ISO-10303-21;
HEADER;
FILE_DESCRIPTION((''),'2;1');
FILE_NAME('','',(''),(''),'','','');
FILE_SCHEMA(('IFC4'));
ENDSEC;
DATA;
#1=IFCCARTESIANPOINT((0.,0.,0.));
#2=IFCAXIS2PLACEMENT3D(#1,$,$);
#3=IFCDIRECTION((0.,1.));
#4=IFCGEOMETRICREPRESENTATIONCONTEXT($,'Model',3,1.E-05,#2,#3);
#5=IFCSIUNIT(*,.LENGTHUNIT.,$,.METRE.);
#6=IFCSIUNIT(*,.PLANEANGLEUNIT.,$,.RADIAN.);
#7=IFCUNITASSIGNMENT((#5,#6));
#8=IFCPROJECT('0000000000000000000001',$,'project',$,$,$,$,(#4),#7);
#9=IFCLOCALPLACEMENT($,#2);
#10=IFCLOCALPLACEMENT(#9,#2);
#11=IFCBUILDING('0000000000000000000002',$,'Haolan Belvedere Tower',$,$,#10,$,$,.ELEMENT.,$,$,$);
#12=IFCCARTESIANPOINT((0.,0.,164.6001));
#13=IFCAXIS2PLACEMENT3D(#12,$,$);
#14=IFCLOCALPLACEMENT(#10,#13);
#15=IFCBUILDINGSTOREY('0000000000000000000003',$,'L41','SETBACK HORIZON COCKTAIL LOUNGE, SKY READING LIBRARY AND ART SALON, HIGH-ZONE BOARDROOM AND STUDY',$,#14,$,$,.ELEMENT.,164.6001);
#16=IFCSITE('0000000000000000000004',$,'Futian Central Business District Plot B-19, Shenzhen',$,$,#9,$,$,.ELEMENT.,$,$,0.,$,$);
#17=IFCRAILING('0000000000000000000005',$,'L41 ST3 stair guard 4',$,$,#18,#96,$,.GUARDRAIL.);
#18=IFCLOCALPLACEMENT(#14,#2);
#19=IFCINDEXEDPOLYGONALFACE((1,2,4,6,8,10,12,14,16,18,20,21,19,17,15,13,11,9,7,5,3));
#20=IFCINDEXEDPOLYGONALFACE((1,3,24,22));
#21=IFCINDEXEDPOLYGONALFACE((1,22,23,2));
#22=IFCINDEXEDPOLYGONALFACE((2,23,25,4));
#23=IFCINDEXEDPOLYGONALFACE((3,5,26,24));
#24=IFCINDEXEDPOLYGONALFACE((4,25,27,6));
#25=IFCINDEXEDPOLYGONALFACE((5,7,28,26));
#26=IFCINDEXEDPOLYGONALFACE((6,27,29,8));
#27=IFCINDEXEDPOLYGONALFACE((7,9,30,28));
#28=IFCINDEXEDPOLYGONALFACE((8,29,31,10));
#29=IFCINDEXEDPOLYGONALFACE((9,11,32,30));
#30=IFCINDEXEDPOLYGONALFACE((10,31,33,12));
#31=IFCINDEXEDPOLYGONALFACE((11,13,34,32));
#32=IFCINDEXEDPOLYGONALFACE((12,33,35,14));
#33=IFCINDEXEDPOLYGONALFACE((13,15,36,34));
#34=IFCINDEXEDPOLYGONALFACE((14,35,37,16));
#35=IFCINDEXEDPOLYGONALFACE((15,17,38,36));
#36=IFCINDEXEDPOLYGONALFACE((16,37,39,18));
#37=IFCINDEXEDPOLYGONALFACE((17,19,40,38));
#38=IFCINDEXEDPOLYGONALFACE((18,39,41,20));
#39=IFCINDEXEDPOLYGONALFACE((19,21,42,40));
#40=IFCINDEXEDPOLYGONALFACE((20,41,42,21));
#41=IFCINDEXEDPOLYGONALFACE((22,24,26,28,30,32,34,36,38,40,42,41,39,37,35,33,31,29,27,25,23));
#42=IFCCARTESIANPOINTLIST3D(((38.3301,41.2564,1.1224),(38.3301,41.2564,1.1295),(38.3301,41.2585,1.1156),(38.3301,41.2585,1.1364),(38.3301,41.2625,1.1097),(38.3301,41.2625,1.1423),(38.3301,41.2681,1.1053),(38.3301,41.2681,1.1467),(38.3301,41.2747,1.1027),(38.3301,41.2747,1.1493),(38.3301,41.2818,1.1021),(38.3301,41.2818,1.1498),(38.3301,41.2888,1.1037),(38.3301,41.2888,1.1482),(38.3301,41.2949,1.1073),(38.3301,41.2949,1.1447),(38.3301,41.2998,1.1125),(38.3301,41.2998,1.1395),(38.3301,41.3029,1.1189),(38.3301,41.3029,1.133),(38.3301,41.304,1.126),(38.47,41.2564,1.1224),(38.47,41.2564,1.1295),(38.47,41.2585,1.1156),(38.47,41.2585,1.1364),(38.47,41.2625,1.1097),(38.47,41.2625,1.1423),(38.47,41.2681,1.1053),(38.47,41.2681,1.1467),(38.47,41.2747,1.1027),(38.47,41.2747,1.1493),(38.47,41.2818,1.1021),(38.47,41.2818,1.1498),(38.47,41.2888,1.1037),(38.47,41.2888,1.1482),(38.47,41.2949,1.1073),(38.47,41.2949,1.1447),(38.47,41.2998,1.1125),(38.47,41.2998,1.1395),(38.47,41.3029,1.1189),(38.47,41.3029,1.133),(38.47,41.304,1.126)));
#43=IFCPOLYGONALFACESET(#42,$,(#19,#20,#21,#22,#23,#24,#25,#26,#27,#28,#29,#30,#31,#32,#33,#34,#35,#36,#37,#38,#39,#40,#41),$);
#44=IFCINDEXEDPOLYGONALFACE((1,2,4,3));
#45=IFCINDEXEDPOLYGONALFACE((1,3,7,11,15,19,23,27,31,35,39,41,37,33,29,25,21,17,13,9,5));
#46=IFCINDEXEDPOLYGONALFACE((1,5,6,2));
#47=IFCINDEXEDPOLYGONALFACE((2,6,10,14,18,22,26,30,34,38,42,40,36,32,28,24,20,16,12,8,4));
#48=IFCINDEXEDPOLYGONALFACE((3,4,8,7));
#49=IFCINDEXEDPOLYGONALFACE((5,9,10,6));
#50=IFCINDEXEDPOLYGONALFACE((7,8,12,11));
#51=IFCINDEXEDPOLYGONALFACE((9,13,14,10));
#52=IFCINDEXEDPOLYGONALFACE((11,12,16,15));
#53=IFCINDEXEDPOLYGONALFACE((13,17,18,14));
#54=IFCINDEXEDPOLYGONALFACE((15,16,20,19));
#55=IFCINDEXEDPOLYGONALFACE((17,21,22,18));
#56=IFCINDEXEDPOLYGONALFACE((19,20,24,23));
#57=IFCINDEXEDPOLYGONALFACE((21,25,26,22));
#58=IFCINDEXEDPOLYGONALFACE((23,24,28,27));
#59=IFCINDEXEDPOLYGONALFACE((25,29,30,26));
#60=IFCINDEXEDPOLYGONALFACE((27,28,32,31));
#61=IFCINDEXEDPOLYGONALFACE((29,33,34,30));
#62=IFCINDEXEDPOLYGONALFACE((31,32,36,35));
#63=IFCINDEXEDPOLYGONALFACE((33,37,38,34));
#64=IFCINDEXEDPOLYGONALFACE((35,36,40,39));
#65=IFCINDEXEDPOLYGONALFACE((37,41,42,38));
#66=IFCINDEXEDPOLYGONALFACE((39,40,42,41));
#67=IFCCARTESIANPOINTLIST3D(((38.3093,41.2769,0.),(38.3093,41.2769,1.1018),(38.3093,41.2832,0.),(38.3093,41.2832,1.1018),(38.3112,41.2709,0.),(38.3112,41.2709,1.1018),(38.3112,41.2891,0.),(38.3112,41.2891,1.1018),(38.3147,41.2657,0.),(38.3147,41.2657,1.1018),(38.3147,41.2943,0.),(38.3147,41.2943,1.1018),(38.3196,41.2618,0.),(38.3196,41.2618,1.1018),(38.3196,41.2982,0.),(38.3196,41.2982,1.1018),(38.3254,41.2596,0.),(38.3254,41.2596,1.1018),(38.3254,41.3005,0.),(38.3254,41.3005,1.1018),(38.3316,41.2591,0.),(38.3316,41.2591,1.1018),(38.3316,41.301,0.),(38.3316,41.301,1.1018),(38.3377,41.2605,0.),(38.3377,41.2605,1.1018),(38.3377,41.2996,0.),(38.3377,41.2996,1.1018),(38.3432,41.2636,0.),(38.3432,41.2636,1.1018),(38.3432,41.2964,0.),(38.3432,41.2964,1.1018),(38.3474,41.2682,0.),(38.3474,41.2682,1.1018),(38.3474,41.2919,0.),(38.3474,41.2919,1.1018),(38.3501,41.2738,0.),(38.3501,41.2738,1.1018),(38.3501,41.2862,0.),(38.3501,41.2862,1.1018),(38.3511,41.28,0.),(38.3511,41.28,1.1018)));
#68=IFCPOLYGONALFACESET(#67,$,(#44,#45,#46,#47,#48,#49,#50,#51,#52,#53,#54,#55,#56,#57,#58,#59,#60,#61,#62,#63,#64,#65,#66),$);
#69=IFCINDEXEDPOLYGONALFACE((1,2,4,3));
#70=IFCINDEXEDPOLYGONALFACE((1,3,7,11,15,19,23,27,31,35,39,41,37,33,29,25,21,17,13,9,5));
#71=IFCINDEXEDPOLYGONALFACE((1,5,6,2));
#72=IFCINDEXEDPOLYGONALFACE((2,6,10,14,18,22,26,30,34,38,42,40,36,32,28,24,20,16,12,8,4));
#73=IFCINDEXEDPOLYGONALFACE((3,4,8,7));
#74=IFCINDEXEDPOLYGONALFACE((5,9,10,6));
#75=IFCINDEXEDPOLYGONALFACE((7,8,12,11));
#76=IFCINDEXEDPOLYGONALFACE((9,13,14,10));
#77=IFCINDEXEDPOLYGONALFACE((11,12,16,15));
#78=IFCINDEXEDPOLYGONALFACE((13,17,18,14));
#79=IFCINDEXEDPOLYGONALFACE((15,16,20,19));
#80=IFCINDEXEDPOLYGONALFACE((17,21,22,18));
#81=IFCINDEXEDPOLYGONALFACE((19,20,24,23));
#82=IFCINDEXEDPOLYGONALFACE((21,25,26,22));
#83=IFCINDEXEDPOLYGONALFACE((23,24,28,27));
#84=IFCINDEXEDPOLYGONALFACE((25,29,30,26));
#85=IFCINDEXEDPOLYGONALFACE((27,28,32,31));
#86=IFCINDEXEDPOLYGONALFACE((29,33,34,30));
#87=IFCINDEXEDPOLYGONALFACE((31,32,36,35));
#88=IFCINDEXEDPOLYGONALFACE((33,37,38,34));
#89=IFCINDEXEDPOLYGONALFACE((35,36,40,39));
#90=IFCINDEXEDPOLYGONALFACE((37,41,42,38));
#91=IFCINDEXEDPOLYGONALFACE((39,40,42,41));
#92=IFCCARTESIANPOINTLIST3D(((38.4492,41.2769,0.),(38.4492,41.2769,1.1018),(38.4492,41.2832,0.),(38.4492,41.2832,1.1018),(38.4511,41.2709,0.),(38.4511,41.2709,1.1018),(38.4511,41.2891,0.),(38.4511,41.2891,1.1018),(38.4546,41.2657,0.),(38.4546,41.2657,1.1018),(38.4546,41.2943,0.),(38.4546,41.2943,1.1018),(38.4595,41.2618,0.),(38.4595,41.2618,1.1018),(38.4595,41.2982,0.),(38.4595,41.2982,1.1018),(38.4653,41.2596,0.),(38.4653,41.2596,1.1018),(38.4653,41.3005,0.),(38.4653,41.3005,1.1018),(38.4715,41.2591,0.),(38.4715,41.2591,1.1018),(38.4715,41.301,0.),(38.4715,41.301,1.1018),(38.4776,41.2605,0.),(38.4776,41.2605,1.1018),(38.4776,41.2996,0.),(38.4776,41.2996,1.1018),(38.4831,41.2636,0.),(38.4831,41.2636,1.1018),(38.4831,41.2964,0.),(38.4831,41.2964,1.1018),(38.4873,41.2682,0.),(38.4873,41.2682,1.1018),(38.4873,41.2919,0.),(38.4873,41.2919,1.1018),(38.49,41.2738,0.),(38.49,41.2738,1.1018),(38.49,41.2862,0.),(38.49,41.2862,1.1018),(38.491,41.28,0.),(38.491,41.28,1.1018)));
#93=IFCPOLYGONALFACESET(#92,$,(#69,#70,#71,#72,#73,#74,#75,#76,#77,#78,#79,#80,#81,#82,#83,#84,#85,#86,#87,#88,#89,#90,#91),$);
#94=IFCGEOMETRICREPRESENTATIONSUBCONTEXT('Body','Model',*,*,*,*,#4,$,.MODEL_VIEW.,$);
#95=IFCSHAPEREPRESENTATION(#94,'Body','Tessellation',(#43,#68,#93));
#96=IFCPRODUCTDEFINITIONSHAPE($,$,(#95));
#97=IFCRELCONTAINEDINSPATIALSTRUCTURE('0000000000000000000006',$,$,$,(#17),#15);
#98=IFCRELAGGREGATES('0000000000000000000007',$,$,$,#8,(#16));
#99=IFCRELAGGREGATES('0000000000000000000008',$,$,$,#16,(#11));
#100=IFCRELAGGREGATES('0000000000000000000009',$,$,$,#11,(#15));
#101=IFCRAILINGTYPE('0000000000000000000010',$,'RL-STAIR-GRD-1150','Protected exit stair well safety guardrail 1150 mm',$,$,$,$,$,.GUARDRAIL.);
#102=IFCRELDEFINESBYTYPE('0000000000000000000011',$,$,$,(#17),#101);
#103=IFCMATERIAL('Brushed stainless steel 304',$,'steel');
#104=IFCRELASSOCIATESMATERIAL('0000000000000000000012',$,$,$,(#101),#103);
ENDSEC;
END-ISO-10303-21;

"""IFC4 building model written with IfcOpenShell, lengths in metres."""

from ifc_helpers import new_model, si_unit, direction, frame, origin, origin_2d, place, context, subcontext, project, spatial, circle, extrude, material, type_object, element, save


model = new_model("IFC4")

# Units and contexts
model_context = context("Model", 3, precision=1e-05, world=origin(), true_north=direction((0.0, 1.0)))
body_context = subcontext(model_context, "Body", "Model", "MODEL_VIEW")
ifc_project = project(units=[si_unit("LENGTHUNIT", "METRE"), si_unit("PLANEANGLEUNIT", "RADIAN")], contexts=[model_context])

# Site, building, storey
site_placement = place(None, origin())
site = spatial("IfcSite", under=ifc_project, at=site_placement, Name="Futian Central Business District Plot B-19, Shenzhen", CompositionType="ELEMENT", RefElevation=0.0)
building_placement = place(site_placement, origin())
building = spatial("IfcBuilding", under=site, at=building_placement, Name="Haolan Belvedere Tower", CompositionType="ELEMENT")
storey_placement = place(building_placement, frame((0.0, 0.0, 164.6001)))
storey = spatial("IfcBuildingStorey", under=building, at=storey_placement, Name="L41", Description="SETBACK HORIZON COCKTAIL LOUNGE, SKY READING LIBRARY AND ART SALON, HIGH-ZONE BOARDROOM AND STUDY", CompositionType="ELEMENT", Elevation=164.6001)

# Railing
ifc_material_1 = material(Name="Brushed stainless steel 304", Category="steel")
railing_type_1 = type_object("IfcRailingType", Name="RL-STAIR-GRD-1150", Description="Protected exit stair well safety guardrail 1150 mm", PredefinedType="GUARDRAIL", material=ifc_material_1)
railing_1_placement = place(storey_placement, frame((38.3301, 41.28, 0.0)))
element("IfcRailing", 1, at=railing_1_placement, inside=storey, type_object=railing_type_1, Name="L41 ST3 stair guard 4", PredefinedType="GUARDRAIL", context=body_context, shape_type="SweptSolid", body=[
    extrude(circle(Radius=0.0239, at=origin_2d()), frame((0.0, 0.0, 1.126), z_axis=(1.0, 0.0, 0.0), x_axis=(0.0, 1.0, 0.0)), (0.0, 0.0, 1.0), 0.1399),
    extrude(circle(Radius=0.021, at=origin_2d()), origin(), (0.0, 0.0, 1.0), 1.1018),
    extrude(circle(Radius=0.021, at=origin_2d()), frame((0.1399, 0.0, 0.0)), (0.0, 0.0, 1.0), 1.1018),
])

save(model, "model.ifc")
